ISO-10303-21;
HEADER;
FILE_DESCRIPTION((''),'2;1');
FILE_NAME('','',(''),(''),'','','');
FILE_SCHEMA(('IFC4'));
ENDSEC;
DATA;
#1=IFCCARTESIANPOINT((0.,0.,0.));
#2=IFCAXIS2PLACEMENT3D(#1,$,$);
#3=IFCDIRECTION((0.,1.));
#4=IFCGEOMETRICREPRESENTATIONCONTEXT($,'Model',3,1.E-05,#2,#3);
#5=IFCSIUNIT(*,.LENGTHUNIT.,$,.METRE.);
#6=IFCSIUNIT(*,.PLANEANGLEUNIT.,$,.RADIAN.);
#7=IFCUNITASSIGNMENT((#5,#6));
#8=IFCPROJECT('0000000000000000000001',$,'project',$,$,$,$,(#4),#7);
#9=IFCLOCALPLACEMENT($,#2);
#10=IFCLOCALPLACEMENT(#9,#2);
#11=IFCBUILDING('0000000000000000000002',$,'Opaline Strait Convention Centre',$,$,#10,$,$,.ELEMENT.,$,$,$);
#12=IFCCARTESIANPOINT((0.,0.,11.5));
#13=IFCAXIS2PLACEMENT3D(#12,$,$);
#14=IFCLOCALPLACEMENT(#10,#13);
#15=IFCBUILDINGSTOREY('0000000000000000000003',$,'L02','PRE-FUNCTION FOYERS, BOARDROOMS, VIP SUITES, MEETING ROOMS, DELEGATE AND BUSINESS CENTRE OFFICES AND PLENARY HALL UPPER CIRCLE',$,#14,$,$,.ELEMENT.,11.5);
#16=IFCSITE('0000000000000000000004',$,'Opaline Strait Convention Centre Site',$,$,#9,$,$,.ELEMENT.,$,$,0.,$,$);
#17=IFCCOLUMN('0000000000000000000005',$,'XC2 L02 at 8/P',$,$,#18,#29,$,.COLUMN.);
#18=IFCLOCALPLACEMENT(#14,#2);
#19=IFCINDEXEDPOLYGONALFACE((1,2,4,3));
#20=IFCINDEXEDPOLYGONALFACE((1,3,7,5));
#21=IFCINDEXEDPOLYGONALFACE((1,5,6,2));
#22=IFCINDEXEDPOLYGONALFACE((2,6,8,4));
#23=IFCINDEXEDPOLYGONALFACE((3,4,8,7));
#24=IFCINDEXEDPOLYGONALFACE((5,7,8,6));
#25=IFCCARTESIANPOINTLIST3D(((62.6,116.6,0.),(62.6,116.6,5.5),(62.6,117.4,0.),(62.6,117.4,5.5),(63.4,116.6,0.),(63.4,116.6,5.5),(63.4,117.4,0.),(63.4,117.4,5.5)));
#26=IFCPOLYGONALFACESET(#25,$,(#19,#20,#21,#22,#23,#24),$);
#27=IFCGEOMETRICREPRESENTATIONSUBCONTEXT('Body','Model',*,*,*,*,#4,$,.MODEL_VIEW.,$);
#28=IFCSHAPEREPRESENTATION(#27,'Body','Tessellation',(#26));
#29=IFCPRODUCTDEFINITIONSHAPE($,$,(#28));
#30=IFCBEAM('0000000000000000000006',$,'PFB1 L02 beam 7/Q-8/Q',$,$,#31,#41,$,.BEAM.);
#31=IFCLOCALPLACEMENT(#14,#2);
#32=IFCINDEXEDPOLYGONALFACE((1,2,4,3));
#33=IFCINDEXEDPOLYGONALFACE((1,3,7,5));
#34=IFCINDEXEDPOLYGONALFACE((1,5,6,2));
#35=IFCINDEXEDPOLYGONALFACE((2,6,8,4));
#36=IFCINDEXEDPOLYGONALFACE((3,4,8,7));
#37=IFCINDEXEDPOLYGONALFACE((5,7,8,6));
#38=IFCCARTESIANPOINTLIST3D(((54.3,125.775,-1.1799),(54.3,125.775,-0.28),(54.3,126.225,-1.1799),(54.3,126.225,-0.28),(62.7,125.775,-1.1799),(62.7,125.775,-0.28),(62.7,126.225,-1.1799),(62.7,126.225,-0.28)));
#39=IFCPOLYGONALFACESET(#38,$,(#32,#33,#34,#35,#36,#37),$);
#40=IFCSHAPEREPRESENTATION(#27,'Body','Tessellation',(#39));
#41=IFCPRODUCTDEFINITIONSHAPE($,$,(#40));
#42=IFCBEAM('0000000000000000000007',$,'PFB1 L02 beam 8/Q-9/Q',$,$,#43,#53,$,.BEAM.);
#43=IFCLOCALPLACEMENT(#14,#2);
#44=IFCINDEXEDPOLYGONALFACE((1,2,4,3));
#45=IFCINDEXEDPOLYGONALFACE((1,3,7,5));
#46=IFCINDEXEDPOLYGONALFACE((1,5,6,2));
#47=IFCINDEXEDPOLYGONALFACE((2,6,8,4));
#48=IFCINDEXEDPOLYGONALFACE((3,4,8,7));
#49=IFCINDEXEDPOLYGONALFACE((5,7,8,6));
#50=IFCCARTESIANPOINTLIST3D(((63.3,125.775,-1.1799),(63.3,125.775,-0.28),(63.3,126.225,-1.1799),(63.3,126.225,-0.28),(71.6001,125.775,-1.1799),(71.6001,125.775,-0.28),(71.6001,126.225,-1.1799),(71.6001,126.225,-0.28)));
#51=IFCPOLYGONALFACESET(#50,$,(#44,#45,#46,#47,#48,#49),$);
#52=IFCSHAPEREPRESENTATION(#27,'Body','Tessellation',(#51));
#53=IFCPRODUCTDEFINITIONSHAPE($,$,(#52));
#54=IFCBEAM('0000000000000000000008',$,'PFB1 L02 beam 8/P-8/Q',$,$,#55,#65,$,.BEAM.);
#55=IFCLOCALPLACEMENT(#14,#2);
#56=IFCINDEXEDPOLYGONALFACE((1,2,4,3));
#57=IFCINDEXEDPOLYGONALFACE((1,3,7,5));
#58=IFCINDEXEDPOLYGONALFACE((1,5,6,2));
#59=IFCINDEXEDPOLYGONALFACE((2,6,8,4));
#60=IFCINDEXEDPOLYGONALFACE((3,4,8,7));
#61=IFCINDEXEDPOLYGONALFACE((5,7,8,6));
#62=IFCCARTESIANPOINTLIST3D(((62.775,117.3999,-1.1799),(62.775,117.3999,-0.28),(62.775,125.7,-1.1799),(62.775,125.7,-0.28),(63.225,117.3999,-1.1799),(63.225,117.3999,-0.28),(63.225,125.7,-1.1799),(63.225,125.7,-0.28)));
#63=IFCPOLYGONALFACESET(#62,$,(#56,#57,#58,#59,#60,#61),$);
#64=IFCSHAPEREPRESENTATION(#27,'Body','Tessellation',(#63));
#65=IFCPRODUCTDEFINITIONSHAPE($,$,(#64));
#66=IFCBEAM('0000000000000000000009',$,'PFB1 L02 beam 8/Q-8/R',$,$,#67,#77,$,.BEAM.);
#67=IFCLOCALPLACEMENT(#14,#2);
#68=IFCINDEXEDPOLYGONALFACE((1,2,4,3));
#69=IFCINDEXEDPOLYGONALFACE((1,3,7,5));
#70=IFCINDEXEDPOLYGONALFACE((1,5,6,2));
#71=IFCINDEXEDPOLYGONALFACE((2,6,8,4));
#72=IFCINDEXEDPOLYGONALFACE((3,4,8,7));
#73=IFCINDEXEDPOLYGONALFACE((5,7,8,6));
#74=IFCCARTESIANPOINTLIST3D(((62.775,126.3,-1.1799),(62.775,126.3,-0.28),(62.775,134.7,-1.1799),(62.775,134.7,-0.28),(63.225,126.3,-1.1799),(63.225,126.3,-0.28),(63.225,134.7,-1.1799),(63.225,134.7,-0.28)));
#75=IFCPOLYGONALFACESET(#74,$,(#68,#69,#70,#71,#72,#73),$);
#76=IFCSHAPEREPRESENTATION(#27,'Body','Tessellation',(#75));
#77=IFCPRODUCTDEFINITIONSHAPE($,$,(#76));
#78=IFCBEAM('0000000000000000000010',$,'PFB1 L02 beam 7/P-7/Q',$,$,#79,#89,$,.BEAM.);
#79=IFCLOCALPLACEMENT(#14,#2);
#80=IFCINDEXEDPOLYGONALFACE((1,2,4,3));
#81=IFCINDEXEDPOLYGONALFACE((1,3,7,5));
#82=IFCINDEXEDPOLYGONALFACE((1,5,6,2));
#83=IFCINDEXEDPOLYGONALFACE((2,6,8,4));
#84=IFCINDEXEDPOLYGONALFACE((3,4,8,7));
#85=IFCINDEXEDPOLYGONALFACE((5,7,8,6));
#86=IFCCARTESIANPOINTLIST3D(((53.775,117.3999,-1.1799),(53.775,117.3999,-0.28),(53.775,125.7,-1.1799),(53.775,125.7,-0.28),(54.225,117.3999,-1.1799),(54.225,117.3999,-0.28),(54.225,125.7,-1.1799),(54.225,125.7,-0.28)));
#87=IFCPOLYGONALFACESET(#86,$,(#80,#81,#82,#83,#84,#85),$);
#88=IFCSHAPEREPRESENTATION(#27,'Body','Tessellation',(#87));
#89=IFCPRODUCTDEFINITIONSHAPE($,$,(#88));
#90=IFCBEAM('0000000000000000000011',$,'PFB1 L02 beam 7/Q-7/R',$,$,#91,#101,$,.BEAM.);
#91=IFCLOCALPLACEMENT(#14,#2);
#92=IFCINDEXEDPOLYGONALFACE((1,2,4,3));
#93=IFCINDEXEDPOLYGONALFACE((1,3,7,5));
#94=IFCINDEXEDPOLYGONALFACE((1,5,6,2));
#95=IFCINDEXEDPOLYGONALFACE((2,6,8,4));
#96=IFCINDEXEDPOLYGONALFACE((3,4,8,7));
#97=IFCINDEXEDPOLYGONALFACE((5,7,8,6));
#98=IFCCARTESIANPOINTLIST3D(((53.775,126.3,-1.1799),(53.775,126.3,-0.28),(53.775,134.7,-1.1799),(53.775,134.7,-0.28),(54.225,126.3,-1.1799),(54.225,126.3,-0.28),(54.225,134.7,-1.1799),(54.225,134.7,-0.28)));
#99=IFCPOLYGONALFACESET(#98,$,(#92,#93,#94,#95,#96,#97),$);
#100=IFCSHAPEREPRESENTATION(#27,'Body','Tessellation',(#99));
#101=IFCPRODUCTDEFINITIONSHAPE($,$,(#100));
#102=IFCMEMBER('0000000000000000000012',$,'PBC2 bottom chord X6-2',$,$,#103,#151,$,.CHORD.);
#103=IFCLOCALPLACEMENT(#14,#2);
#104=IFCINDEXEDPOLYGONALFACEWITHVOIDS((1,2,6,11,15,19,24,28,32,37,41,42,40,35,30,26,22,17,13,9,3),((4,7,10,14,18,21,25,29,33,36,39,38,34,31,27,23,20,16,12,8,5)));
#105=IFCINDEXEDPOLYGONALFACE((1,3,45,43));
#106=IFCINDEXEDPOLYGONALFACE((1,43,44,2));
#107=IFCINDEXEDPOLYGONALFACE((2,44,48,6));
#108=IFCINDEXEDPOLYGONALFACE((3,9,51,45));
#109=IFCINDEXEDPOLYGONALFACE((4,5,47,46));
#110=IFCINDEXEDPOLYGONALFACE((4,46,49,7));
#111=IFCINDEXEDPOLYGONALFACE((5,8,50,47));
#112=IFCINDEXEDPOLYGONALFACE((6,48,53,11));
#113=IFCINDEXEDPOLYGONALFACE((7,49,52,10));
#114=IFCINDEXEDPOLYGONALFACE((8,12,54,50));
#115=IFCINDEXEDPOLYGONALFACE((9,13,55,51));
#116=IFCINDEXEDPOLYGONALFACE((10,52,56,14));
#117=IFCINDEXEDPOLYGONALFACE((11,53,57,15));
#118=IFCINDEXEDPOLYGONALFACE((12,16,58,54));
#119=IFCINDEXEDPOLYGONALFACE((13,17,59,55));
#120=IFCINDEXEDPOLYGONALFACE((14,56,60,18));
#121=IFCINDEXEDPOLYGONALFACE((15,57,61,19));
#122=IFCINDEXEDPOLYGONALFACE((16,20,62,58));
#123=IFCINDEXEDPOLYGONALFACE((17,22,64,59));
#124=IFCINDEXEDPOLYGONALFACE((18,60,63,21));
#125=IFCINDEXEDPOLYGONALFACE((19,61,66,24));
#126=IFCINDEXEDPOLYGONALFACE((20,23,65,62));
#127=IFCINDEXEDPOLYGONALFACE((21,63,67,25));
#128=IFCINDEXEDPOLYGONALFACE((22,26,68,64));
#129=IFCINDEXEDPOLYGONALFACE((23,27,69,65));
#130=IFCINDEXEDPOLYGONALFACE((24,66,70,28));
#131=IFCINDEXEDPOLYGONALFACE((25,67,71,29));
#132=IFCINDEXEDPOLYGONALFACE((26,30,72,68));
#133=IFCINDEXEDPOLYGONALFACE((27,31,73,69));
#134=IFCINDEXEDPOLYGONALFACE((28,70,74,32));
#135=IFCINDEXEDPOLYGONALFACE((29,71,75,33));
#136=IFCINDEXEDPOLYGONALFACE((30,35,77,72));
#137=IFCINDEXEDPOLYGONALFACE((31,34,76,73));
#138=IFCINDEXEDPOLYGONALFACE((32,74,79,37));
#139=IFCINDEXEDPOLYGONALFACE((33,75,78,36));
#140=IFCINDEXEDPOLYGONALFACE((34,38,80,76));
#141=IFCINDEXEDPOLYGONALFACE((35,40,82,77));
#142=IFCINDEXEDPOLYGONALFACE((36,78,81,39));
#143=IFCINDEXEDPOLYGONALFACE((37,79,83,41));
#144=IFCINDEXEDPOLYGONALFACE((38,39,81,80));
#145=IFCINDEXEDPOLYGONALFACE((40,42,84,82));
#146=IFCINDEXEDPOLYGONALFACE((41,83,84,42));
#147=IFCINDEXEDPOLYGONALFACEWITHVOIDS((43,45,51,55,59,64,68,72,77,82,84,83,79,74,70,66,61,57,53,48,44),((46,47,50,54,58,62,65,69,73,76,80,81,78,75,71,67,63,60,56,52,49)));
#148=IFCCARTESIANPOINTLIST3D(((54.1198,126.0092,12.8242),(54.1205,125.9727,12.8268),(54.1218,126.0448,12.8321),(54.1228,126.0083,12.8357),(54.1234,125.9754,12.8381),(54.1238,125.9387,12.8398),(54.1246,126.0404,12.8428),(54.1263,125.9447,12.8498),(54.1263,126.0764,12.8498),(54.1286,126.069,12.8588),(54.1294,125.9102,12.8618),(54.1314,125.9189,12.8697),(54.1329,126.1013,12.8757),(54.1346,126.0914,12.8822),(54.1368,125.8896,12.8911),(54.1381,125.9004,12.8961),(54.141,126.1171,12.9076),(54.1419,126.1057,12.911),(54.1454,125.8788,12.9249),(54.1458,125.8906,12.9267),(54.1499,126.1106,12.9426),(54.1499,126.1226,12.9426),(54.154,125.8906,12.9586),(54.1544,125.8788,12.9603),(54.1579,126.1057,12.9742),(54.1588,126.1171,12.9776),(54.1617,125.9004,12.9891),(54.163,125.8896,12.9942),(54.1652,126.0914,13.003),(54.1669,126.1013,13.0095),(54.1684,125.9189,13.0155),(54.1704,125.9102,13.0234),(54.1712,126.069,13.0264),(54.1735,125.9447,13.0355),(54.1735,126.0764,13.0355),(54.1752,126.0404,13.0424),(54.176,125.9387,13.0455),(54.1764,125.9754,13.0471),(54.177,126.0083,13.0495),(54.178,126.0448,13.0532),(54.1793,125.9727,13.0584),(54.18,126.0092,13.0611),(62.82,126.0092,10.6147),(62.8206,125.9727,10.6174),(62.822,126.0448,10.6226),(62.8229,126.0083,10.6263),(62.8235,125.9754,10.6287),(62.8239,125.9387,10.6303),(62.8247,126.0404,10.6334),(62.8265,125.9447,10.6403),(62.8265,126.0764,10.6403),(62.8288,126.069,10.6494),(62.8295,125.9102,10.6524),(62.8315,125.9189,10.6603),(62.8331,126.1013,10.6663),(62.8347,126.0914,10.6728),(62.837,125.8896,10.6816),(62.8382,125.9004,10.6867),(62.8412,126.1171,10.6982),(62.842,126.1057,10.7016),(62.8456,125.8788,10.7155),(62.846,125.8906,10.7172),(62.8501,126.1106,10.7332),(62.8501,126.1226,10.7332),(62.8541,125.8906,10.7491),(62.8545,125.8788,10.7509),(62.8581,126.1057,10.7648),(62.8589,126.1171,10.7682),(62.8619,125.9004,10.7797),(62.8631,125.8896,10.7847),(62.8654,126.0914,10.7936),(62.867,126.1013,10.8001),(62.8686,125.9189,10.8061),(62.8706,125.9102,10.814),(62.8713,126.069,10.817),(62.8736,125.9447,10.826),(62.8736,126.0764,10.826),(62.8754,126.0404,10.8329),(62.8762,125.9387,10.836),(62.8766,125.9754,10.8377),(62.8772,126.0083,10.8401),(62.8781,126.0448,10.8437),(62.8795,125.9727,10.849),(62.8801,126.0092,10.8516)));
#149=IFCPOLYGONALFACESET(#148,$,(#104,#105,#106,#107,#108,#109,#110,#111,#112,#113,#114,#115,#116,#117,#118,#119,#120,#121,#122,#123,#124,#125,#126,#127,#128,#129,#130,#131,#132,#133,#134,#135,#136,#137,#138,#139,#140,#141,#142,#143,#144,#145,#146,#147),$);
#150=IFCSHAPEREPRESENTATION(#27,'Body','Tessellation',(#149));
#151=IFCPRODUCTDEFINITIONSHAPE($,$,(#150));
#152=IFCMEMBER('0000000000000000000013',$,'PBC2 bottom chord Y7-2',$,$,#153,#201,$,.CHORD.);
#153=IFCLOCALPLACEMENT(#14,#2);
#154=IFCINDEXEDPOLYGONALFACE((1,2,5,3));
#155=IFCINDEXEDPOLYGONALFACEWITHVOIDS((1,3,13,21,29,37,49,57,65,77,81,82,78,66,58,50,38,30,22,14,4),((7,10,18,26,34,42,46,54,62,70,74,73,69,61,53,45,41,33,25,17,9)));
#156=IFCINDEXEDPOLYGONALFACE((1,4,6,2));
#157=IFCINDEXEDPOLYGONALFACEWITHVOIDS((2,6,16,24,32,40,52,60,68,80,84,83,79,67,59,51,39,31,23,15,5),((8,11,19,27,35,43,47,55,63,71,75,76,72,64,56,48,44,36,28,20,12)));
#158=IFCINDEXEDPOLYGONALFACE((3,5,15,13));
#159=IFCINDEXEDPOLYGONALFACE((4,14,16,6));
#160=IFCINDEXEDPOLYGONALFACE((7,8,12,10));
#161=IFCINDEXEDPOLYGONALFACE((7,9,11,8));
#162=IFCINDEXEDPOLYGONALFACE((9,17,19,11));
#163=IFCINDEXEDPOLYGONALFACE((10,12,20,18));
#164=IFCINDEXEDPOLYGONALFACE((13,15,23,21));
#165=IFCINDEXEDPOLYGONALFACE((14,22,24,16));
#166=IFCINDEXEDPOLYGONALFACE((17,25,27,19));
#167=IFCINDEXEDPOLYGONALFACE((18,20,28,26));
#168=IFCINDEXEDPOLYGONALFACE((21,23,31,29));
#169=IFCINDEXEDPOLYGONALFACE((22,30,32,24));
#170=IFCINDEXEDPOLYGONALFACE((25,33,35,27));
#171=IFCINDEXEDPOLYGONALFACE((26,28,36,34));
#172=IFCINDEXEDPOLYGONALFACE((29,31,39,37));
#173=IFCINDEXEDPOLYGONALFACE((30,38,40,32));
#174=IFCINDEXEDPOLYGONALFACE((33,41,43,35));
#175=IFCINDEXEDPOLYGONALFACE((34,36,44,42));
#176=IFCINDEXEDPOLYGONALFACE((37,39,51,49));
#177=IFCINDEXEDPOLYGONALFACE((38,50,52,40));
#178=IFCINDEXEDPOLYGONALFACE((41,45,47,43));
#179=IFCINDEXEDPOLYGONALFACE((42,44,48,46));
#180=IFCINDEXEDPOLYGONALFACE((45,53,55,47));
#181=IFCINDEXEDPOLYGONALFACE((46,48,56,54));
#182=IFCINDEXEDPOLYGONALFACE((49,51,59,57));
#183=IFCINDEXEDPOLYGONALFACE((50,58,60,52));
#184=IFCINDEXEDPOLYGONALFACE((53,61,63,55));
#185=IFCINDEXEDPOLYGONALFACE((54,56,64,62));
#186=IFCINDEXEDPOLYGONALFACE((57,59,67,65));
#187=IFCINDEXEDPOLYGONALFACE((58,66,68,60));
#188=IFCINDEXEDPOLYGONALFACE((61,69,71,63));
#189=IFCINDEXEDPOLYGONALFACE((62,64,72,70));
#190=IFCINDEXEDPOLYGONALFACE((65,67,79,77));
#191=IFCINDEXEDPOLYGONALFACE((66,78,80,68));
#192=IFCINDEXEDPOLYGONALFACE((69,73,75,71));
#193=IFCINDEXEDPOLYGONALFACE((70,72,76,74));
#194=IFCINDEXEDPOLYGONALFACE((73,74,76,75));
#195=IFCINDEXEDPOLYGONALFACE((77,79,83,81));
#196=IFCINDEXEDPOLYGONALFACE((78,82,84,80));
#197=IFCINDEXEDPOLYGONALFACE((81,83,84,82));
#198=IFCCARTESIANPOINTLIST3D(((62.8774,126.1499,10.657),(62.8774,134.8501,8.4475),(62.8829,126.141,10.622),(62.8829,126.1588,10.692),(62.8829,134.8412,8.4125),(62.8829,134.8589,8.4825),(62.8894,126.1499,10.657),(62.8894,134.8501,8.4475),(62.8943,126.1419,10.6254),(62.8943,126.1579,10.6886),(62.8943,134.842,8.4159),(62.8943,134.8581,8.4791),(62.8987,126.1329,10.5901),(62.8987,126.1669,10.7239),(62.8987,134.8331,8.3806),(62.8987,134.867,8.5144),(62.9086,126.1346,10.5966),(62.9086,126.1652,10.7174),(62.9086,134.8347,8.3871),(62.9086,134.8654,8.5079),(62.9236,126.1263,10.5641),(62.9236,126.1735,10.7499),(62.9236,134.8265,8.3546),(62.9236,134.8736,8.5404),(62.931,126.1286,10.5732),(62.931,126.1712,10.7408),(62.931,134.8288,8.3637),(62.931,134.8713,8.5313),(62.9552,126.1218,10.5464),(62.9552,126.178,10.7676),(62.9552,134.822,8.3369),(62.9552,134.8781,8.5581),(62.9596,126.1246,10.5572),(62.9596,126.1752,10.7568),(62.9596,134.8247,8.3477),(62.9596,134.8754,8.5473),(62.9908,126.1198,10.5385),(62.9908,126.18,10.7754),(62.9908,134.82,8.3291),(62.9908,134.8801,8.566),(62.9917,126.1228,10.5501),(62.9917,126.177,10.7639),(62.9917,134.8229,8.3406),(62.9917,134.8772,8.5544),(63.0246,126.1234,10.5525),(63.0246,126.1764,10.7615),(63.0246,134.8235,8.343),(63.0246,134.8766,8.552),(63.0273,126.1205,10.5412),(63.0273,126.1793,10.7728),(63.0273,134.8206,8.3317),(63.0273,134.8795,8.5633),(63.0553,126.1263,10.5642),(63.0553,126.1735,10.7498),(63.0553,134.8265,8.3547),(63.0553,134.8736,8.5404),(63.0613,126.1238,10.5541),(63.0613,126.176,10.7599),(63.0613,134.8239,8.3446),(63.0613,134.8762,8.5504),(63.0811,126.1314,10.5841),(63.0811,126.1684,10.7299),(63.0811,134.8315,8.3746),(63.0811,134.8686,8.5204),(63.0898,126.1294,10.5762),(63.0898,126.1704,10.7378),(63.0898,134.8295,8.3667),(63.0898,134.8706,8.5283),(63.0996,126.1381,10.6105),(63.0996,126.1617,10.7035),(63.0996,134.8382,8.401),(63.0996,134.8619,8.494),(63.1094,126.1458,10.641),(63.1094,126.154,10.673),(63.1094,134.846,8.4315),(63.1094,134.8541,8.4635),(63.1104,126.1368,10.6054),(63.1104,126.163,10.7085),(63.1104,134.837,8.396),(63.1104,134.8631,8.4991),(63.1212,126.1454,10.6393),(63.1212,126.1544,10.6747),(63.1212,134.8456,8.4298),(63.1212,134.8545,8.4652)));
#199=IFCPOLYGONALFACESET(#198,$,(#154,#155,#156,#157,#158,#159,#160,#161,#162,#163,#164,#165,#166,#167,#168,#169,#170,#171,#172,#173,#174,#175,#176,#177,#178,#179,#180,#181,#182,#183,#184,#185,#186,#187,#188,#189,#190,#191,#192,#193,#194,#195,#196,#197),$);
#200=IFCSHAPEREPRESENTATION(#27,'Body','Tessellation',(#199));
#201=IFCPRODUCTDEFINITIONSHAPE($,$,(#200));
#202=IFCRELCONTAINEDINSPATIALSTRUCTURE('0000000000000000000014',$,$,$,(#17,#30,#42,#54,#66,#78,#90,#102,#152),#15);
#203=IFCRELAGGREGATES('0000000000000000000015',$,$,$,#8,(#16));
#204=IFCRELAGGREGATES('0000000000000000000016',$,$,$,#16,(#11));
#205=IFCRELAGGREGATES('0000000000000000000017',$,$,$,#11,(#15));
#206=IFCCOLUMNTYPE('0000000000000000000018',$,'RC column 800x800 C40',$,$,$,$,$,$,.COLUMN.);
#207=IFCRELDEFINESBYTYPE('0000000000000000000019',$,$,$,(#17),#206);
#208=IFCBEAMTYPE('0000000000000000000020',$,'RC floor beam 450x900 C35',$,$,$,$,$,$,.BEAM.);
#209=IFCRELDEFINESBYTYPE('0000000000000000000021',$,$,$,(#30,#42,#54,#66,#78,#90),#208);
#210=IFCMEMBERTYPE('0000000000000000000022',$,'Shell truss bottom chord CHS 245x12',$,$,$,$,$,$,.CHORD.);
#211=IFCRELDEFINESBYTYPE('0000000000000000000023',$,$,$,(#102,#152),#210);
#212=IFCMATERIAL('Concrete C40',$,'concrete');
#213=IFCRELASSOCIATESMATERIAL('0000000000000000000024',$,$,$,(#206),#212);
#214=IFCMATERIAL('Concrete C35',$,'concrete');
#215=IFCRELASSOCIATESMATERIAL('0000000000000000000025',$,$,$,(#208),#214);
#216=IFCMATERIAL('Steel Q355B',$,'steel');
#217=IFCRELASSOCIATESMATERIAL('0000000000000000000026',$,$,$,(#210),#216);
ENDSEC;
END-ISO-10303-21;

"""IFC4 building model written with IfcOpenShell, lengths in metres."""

from ifc_helpers import new_model, si_unit, direction, frame, origin, origin_2d, place, context, subcontext, project, spatial, rectangle, hollow_circle, extrude, material, material_profile, profile_set, type_object, element, save


model = new_model("IFC4")

# Units and contexts
model_context = context("Model", 3, precision=1e-05, world=origin(), true_north=direction((0.0, 1.0)))
body_context = subcontext(model_context, "Body", "Model", "MODEL_VIEW")
ifc_project = project(units=[si_unit("LENGTHUNIT", "METRE"), si_unit("PLANEANGLEUNIT", "RADIAN")], contexts=[model_context])

# Site, building, storey
site_placement = place(None, origin())
site = spatial("IfcSite", under=ifc_project, at=site_placement, Name="Opaline Strait Convention Centre Site", CompositionType="ELEMENT", RefElevation=0.0)
building_placement = place(site_placement, origin())
building = spatial("IfcBuilding", under=site, at=building_placement, Name="Opaline Strait Convention Centre", CompositionType="ELEMENT")
storey_placement = place(building_placement, frame((0.0, 0.0, 11.5)))
storey = spatial("IfcBuildingStorey", under=building, at=storey_placement, Name="L02", Description="PRE-FUNCTION FOYERS, BOARDROOMS, VIP SUITES, MEETING ROOMS, DELEGATE AND BUSINESS CENTRE OFFICES AND PLENARY HALL UPPER CIRCLE", CompositionType="ELEMENT", Elevation=11.5)

# Column
ifc_material_1 = material(Name="Concrete C40", Category="concrete")
ifc_material_profile_1 = material_profile(ifc_material_1, rectangle(XDim=0.8, YDim=0.8, at=origin_2d()), Name="RC 800x800")
ifc_profile_set_1 = profile_set([ifc_material_profile_1], Name="Concrete C40")
column_type = type_object("IfcColumnType", Name="RC column 800x800 C40", PredefinedType="COLUMN", material=ifc_profile_set_1)
column_placement = place(storey_placement, frame((63.0, 117.0, 0.0), z_axis=(0.0, 0.0, 1.0), x_axis=(1.0, 0.0, 0.0)))
element("IfcColumn", 1, at=column_placement, inside=storey, type_object=column_type, Name="XC2 L02 at 8/P", PredefinedType="COLUMN", context=body_context, shape_type="SweptSolid", body=[
    extrude(rectangle(XDim=0.8, YDim=0.8, at=origin_2d()), origin(), (0.0, 0.0, 1.0), 5.5),
])

# Beams
ifc_material_2 = material(Name="Concrete C35", Category="concrete")
ifc_material_profile_2 = material_profile(ifc_material_2, rectangle(XDim=0.45, YDim=0.8999, at=origin_2d()), Name="RC 450x900")
ifc_profile_set_2 = profile_set([ifc_material_profile_2], Name="Concrete C35")
beam_type = type_object("IfcBeamType", Name="RC floor beam 450x900 C35", PredefinedType="BEAM", material=ifc_profile_set_2)
beam_1_placement = place(storey_placement, frame((54.3, 126.0, -0.73), z_axis=(1.0, 0.0, 0.0), x_axis=(0.0, 1.0, 0.0)))
element("IfcBeam", 2, at=beam_1_placement, inside=storey, type_object=beam_type, Name="PFB1 L02 beam 7/Q-8/Q", PredefinedType="BEAM", context=body_context, shape_type="SweptSolid", body=[
    extrude(rectangle(XDim=0.45, YDim=0.8999, at=origin_2d()), origin(), (0.0, 0.0, 1.0), 8.3999),
])
for number, where, z_axis, x_axis, name in (
    (3, (63.3, 126.0, -0.73), (1.0, 0.0, 0.0), (0.0, 1.0, 0.0), "PFB1 L02 beam 8/Q-9/Q"),
    (4, (63.0, 117.3999, -0.73), (0.0, 1.0, 0.0), (-1.0, 0.0, 0.0), "PFB1 L02 beam 8/P-8/Q"),
):
    element("IfcBeam", number, at=place(storey_placement, frame(where, z_axis=z_axis, x_axis=x_axis)), inside=storey, type_object=beam_type, Name=name, PredefinedType="BEAM", context=body_context, shape_type="SweptSolid", body=[
        extrude(rectangle(XDim=0.45, YDim=0.8999, at=origin_2d()), origin(), (0.0, 0.0, 1.0), 8.3),
    ])
beam_2_placement = place(storey_placement, frame((63.0, 126.3, -0.73), z_axis=(0.0, 1.0, 0.0), x_axis=(-1.0, 0.0, 0.0)))
element("IfcBeam", 5, at=beam_2_placement, inside=storey, type_object=beam_type, Name="PFB1 L02 beam 8/Q-8/R", PredefinedType="BEAM", context=body_context, shape_type="SweptSolid", body=[
    extrude(rectangle(XDim=0.45, YDim=0.8999, at=origin_2d()), origin(), (0.0, 0.0, 1.0), 8.3999),
])
beam_3_placement = place(storey_placement, frame((54.0, 117.3999, -0.73), z_axis=(0.0, 1.0, 0.0), x_axis=(-1.0, 0.0, 0.0)))
element("IfcBeam", 6, at=beam_3_placement, inside=storey, type_object=beam_type, Name="PFB1 L02 beam 7/P-7/Q", PredefinedType="BEAM", context=body_context, shape_type="SweptSolid", body=[
    extrude(rectangle(XDim=0.45, YDim=0.8999, at=origin_2d()), origin(), (0.0, 0.0, 1.0), 8.3),
])
beam_4_placement = place(storey_placement, frame((54.0, 126.3, -0.73), z_axis=(0.0, 1.0, 0.0), x_axis=(-1.0, 0.0, 0.0)))
element("IfcBeam", 7, at=beam_4_placement, inside=storey, type_object=beam_type, Name="PFB1 L02 beam 7/Q-7/R", PredefinedType="BEAM", context=body_context, shape_type="SweptSolid", body=[
    extrude(rectangle(XDim=0.45, YDim=0.8999, at=origin_2d()), origin(), (0.0, 0.0, 1.0), 8.3999),
])

# Members
ifc_material_3 = material(Name="Steel Q355B", Category="steel")
ifc_material_profile_3 = material_profile(ifc_material_3, hollow_circle(Radius=0.1226, WallThickness=0.012, at=origin_2d()), Name="CHS 245x12")
ifc_profile_set_3 = profile_set([ifc_material_profile_3], Name="Steel Q355B")
member_type_1 = type_object("IfcMemberType", Name="Shell truss bottom chord CHS 245x12", PredefinedType="CHORD", material=ifc_profile_set_3)
for number, where, z_axis, x_axis, name in (
    (8, (54.1499, 126.0, 12.9426), (0.969233, 0.0, -0.246143), (0.0, 1.0, 0.0), "PBC2 bottom chord X6-2"),
    (9, (63.0, 126.1499, 10.657), (0.0, 0.969233, -0.246143), (-1.0, 0.0, 0.0), "PBC2 bottom chord Y7-2"),
):
    element("IfcMember", number, at=place(storey_placement, frame(where, z_axis=z_axis, x_axis=x_axis)), inside=storey, type_object=member_type_1, Name=name, PredefinedType="CHORD", context=body_context, shape_type="SweptSolid", body=[
        extrude(hollow_circle(Radius=0.1226, WallThickness=0.012, at=origin_2d()), origin(), (0.0, 0.0, 1.0), 8.9763),
    ])

save(model, "model.ifc")
